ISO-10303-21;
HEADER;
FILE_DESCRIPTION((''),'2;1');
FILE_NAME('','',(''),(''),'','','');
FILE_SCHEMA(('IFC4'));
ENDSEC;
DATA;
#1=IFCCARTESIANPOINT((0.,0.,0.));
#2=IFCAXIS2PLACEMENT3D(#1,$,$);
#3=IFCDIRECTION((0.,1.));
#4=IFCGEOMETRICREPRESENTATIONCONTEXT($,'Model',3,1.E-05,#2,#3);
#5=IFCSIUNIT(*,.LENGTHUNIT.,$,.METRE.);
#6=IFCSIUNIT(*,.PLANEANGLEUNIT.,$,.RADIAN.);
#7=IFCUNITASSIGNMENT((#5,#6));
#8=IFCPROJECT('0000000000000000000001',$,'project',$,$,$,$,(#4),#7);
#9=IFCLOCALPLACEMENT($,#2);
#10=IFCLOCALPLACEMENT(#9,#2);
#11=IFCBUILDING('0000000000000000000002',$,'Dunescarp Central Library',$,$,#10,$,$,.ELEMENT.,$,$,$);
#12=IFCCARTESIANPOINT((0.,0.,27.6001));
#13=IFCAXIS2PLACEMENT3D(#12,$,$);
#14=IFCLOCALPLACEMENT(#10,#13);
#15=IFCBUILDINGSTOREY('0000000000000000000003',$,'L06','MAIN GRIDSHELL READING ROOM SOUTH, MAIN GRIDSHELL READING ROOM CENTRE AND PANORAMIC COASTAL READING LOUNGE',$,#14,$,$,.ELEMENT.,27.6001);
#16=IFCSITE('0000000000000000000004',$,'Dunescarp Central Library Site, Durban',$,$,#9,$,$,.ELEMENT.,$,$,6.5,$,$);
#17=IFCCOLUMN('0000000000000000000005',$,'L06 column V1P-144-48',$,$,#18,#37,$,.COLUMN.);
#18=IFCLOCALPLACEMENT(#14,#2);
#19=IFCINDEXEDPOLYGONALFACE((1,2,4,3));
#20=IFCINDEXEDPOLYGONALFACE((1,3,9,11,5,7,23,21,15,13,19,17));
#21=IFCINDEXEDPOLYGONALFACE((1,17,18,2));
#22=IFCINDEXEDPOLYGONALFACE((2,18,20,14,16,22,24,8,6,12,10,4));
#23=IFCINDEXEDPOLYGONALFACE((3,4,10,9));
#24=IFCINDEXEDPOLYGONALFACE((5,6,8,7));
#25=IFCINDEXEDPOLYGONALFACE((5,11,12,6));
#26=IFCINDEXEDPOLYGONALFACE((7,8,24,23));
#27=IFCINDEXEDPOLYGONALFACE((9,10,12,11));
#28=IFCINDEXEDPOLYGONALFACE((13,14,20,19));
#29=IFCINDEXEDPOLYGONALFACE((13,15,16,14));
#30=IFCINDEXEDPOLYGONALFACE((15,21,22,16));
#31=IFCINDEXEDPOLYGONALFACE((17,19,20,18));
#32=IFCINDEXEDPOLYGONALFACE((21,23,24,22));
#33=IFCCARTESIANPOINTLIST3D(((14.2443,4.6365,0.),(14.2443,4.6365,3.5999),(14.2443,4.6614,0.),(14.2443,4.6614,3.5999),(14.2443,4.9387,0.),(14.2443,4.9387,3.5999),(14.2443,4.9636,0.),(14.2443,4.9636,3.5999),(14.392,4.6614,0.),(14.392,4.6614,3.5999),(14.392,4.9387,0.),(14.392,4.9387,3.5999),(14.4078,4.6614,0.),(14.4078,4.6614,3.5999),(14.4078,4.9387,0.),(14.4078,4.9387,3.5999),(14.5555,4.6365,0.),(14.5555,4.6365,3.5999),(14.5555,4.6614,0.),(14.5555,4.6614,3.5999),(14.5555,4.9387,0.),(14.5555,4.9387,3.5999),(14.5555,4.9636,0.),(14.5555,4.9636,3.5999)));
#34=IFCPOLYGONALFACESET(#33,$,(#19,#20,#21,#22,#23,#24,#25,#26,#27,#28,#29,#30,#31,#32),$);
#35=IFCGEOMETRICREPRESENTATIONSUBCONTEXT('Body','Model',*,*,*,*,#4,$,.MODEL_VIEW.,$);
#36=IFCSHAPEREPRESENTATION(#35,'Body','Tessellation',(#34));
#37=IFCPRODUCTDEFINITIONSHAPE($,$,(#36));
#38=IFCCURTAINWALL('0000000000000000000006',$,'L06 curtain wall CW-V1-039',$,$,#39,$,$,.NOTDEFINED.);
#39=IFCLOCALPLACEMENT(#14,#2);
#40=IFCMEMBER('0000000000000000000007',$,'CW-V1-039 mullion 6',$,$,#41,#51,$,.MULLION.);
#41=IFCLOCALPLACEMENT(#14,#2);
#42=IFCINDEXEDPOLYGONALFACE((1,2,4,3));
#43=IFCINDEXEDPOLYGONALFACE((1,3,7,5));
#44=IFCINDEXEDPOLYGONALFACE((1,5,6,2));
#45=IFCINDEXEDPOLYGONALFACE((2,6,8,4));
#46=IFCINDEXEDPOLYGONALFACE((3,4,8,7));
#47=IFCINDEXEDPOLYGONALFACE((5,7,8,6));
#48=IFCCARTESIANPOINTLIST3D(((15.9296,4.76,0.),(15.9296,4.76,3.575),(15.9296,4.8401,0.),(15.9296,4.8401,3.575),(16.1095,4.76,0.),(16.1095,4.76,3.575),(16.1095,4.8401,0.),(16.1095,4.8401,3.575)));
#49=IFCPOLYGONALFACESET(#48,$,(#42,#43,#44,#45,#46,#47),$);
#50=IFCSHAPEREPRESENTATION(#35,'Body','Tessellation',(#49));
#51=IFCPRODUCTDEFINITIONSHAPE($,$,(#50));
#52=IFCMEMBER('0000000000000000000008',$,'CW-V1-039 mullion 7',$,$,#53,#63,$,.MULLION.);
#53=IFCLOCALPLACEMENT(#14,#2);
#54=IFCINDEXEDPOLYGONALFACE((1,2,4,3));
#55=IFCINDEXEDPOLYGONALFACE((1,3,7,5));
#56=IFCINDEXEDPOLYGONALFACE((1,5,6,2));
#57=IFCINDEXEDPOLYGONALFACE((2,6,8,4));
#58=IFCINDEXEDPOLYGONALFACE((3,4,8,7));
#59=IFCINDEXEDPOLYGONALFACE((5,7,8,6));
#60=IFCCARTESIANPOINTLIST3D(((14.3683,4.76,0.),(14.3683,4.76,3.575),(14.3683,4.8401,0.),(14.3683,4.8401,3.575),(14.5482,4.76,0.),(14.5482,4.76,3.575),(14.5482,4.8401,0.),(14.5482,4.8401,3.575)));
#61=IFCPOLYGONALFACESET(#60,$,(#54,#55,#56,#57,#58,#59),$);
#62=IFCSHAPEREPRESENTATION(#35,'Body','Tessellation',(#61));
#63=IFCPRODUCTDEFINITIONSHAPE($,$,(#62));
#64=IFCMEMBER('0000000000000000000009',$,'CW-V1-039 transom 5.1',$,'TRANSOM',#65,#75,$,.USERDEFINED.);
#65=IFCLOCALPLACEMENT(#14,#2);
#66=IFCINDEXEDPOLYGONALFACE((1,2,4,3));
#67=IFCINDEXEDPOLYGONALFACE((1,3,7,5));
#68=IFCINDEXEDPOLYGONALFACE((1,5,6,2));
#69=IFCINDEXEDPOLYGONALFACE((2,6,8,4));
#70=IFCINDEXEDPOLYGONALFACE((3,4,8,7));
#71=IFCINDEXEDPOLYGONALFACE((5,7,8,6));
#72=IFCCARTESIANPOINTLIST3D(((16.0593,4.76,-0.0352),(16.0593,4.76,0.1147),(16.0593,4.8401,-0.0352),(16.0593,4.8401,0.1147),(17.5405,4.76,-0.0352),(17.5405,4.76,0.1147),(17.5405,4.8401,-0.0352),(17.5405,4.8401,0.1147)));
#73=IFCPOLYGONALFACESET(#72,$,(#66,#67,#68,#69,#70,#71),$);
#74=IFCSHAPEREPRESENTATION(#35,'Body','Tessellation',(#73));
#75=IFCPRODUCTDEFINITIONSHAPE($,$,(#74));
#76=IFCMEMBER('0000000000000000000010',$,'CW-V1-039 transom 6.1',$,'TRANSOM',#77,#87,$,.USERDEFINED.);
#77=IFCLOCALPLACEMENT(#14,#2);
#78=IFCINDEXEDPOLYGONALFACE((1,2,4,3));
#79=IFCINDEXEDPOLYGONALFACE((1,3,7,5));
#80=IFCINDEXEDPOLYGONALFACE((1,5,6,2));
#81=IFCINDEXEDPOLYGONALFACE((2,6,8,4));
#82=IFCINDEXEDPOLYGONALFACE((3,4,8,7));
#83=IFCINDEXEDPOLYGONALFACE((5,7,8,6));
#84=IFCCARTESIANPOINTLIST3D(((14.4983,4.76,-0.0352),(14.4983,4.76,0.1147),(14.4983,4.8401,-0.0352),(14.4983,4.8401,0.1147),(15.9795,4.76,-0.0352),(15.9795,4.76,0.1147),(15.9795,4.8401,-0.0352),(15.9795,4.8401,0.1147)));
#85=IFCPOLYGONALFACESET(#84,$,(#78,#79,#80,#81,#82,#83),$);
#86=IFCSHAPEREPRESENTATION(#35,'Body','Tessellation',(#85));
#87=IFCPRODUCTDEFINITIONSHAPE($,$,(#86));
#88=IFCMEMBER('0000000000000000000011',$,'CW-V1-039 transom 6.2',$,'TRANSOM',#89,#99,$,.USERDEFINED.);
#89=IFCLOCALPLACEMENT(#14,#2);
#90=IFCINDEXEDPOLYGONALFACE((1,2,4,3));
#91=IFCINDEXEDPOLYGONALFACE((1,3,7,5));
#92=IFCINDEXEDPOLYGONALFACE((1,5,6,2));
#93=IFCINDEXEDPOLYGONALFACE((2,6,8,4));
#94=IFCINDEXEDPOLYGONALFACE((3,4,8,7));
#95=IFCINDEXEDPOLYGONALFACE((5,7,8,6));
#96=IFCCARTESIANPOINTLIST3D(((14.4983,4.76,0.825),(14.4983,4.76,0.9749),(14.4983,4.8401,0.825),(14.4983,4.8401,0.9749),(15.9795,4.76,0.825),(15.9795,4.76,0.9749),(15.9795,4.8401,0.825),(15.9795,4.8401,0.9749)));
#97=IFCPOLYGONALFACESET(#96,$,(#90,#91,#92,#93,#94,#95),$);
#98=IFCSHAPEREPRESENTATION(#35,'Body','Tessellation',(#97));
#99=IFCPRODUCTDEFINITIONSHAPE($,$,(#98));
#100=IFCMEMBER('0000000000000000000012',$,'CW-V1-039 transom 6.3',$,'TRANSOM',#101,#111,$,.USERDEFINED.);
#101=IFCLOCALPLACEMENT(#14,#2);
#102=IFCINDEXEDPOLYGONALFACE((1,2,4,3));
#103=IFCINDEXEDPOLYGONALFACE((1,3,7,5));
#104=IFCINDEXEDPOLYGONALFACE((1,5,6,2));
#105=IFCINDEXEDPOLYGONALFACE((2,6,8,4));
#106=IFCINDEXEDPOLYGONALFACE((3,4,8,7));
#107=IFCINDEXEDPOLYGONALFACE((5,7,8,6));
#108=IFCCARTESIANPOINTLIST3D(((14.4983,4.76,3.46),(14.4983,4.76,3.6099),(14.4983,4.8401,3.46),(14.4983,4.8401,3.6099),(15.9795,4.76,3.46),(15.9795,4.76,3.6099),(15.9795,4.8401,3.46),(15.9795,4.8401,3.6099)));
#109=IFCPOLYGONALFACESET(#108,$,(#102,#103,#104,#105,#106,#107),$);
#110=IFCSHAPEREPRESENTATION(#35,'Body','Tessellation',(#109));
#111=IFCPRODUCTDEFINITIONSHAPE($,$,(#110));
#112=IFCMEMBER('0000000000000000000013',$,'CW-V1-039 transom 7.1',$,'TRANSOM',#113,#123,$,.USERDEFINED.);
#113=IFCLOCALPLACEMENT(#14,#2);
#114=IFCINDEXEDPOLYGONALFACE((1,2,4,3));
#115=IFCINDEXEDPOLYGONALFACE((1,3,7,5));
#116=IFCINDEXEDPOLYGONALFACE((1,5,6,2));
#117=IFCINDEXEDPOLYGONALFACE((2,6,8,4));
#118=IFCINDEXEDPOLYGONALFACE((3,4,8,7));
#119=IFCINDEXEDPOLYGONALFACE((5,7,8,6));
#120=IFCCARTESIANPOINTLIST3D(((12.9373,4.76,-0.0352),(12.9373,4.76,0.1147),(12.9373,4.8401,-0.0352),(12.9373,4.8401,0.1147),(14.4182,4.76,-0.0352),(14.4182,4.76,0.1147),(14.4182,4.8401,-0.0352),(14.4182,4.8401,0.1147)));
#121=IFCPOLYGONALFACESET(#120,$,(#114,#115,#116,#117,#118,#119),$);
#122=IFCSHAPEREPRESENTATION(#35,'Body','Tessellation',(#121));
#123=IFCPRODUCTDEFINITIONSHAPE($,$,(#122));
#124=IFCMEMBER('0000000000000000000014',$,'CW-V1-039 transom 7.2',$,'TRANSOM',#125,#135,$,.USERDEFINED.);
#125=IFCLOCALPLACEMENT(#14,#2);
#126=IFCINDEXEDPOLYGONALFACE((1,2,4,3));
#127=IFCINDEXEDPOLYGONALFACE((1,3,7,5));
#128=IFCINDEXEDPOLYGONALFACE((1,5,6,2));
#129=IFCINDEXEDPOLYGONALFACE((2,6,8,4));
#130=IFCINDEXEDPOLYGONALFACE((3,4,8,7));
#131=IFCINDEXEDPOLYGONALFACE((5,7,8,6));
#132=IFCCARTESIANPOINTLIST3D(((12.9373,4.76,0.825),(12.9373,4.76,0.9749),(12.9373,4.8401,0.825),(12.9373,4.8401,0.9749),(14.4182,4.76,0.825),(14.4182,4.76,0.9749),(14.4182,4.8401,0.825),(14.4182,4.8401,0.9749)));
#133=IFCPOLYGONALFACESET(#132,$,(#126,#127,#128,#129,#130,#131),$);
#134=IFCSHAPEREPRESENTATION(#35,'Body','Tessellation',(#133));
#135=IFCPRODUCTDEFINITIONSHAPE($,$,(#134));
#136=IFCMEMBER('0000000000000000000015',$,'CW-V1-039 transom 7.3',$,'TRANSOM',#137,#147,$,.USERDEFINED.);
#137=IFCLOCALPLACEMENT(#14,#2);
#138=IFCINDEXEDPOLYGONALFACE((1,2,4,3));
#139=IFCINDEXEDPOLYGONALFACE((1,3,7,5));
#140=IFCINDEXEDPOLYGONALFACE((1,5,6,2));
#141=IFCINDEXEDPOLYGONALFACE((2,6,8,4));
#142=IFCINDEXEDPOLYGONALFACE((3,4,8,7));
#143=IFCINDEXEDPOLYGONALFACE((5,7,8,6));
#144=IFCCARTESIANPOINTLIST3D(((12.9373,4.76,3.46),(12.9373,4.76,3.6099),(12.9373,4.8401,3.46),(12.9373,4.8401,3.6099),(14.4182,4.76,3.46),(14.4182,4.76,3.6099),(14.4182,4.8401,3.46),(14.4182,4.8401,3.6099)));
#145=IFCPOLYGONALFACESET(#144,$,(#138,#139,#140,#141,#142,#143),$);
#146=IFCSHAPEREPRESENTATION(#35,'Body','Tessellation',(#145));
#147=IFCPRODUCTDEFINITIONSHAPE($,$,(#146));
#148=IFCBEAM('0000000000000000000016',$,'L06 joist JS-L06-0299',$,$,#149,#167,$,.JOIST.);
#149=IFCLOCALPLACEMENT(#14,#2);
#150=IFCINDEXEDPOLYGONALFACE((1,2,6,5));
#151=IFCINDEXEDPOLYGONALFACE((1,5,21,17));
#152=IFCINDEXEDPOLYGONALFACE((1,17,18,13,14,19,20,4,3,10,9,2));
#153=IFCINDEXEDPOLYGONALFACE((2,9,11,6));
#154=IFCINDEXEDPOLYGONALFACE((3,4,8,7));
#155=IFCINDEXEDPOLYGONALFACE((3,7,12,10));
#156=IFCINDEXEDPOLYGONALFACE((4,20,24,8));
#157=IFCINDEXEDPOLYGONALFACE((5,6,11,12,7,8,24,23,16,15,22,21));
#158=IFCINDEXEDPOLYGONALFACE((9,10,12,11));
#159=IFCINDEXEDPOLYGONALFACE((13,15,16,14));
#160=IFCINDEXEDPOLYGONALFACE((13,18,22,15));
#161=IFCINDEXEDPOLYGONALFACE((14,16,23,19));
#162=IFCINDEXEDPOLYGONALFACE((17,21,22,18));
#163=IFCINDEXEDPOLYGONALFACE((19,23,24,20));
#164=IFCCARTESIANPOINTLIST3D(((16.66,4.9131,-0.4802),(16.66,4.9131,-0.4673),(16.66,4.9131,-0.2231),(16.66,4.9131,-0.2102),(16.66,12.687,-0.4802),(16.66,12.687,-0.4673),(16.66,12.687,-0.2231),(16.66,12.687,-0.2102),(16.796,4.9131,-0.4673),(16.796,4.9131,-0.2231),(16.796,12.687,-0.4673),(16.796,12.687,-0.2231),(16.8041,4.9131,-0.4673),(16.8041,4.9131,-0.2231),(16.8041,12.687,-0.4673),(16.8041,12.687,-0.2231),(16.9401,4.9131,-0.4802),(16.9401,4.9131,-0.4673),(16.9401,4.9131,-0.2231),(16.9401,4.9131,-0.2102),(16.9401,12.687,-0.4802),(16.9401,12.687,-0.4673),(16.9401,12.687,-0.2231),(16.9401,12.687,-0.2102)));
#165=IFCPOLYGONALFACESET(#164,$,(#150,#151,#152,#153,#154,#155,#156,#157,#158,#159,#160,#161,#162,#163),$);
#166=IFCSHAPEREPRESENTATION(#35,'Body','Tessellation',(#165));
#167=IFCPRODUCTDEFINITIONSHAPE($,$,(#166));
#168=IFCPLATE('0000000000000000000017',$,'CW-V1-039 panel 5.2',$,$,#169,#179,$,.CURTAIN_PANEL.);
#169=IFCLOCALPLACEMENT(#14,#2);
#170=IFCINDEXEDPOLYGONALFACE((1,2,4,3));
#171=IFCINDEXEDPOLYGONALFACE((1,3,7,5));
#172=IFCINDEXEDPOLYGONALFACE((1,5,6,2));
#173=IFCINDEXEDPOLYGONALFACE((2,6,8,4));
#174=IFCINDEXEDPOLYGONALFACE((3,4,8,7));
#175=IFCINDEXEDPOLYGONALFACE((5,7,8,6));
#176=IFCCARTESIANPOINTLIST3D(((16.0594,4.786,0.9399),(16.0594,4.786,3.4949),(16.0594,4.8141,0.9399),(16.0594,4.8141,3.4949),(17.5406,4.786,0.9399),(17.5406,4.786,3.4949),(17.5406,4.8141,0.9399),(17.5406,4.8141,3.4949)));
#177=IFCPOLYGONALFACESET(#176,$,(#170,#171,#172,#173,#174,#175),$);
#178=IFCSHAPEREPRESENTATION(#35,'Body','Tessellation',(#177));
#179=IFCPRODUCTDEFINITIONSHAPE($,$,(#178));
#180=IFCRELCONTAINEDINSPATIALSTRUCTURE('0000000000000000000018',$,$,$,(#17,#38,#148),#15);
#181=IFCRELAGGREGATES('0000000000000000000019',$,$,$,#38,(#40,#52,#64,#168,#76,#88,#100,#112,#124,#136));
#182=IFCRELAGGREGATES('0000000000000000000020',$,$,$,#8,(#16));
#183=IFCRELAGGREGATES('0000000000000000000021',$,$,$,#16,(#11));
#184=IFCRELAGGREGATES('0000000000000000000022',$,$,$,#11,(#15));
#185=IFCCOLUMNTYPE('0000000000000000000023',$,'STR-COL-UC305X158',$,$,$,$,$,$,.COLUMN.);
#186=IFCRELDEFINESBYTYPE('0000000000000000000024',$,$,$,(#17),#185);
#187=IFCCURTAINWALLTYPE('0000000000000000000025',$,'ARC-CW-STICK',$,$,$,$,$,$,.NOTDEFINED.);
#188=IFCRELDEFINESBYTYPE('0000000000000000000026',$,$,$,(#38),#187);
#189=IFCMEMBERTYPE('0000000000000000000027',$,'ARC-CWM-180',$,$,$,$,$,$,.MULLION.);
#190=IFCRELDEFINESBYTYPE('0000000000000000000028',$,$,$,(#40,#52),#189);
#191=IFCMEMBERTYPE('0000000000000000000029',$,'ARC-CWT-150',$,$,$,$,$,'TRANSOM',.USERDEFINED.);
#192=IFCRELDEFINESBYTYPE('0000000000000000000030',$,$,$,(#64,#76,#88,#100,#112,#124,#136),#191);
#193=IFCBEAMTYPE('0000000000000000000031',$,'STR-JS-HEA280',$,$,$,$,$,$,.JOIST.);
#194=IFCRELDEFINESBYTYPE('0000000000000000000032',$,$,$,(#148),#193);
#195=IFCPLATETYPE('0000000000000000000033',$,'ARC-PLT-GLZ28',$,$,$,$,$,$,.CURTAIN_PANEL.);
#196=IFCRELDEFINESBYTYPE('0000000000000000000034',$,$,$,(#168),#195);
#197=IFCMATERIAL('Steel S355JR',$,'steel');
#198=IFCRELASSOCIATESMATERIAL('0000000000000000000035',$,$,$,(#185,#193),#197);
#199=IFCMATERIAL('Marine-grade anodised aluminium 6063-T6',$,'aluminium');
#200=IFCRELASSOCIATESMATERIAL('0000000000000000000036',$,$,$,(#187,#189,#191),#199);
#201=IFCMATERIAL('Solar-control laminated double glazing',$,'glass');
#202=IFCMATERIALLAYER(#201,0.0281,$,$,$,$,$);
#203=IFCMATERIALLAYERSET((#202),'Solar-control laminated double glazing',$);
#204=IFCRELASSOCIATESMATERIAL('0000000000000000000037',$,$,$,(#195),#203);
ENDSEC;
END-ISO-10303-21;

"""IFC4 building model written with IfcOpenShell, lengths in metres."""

from ifc_helpers import new_model, si_unit, direction, frame, origin, origin_2d, place, context, subcontext, project, spatial, rectangle, i_section, extrude, material, layer, layer_set, material_profile, profile_set, type_object, element, aggregate, save


model = new_model("IFC4")

# Units and contexts
model_context = context("Model", 3, precision=1e-05, world=origin(), true_north=direction((0.0, 1.0)))
body_context = subcontext(model_context, "Body", "Model", "MODEL_VIEW")
ifc_project = project(units=[si_unit("LENGTHUNIT", "METRE"), si_unit("PLANEANGLEUNIT", "RADIAN")], contexts=[model_context])

# Site, building, storey
site_placement = place(None, origin())
site = spatial("IfcSite", under=ifc_project, at=site_placement, Name="Dunescarp Central Library Site, Durban", CompositionType="ELEMENT", RefElevation=6.5)
building_placement = place(site_placement, origin())
building = spatial("IfcBuilding", under=site, at=building_placement, Name="Dunescarp Central Library", CompositionType="ELEMENT")
storey_placement = place(building_placement, frame((0.0, 0.0, 27.6001)))
storey = spatial("IfcBuildingStorey", under=building, at=storey_placement, Name="L06", Description="MAIN GRIDSHELL READING ROOM SOUTH, MAIN GRIDSHELL READING ROOM CENTRE AND PANORAMIC COASTAL READING LOUNGE", CompositionType="ELEMENT", Elevation=27.6001)

# Column
ifc_material_1 = material(Name="Steel S355JR", Category="steel")
ifc_material_profile_1 = material_profile(ifc_material_1, i_section(OverallWidth=0.3113, OverallDepth=0.3271, WebThickness=0.0159, FlangeThickness=0.0249, at=origin_2d()), Name="UC 305x305x158")
ifc_profile_set_1 = profile_set([ifc_material_profile_1], Name="Steel S355JR")
column_type = type_object("IfcColumnType", Name="STR-COL-UC305X158", PredefinedType="COLUMN", material=ifc_profile_set_1)
column_placement = place(storey_placement, frame((14.3999, 4.8, 0.0), z_axis=(0.0, 0.0, 1.0), x_axis=(1.0, 0.0, 0.0)))
element("IfcColumn", 1, at=column_placement, inside=storey, type_object=column_type, Name="L06 column V1P-144-48", PredefinedType="COLUMN", context=body_context, shape_type="SweptSolid", body=[
    extrude(i_section(OverallWidth=0.3113, OverallDepth=0.3271, WebThickness=0.0159, FlangeThickness=0.0249, at=origin_2d()), origin(), (0.0, 0.0, 1.0), 3.5999),
])

# Curtain wall, members
ifc_material_2 = material(Name="Marine-grade anodised aluminium 6063-T6", Category="aluminium")
curtain_wall_type = type_object("IfcCurtainWallType", Name="ARC-CW-STICK", PredefinedType="NOTDEFINED", material=ifc_material_2)
curtain_wall_placement = place(storey_placement, origin())
curtain_wall = element("IfcCurtainWall", 2, at=curtain_wall_placement, inside=storey, type_object=curtain_wall_type, Name="L06 curtain wall CW-V1-039", PredefinedType="NOTDEFINED")
ifc_material_profile_2 = material_profile(ifc_material_2, rectangle(XDim=0.0801, YDim=0.1799, at=origin_2d()), Name="AL 80x180")
ifc_profile_set_2 = profile_set([ifc_material_profile_2], Name="Marine-grade anodised aluminium 6063-T6")
member_type_1 = type_object("IfcMemberType", Name="ARC-CWM-180", PredefinedType="MULLION", material=ifc_profile_set_2)
member_1_placement = place(storey_placement, frame((16.0195, 4.8, 0.0), z_axis=(0.0, 0.0, 1.0), x_axis=(0.0, -1.0, 0.0)))
member_1 = element("IfcMember", 3, at=member_1_placement, type_object=member_type_1, Name="CW-V1-039 mullion 6", PredefinedType="MULLION", context=body_context, shape_type="SweptSolid", body=[
    extrude(rectangle(XDim=0.0801, YDim=0.1799, at=origin_2d()), origin(), (0.0, 0.0, 1.0), 3.575),
])
member_2_placement = place(storey_placement, frame((14.4583, 4.8, 0.0), z_axis=(0.0, 0.0, 1.0), x_axis=(0.0, -1.0, 0.0)))
member_2 = element("IfcMember", 4, at=member_2_placement, type_object=member_type_1, Name="CW-V1-039 mullion 7", PredefinedType="MULLION", context=body_context, shape_type="SweptSolid", body=[
    extrude(rectangle(XDim=0.0801, YDim=0.1799, at=origin_2d()), origin(), (0.0, 0.0, 1.0), 3.575),
])
ifc_material_profile_3 = material_profile(ifc_material_2, rectangle(XDim=0.0801, YDim=0.1499, at=origin_2d()), Name="AL 80x150")
ifc_profile_set_3 = profile_set([ifc_material_profile_3], Name="Marine-grade anodised aluminium 6063-T6")
member_type_2 = type_object("IfcMemberType", Name="ARC-CWT-150", ElementType="TRANSOM", PredefinedType="USERDEFINED", material=ifc_profile_set_3)
member_3_placement = place(storey_placement, frame((17.5405, 4.8, 0.0398), z_axis=(-1.0, 0.0, 0.0), x_axis=(0.0, -1.0, 0.0)))
member_3 = element("IfcMember", 5, at=member_3_placement, type_object=member_type_2, Name="CW-V1-039 transom 5.1", ObjectType="TRANSOM", PredefinedType="USERDEFINED", context=body_context, shape_type="SweptSolid", body=[
    extrude(rectangle(XDim=0.0801, YDim=0.1499, at=origin_2d()), origin(), (0.0, 0.0, 1.0), 1.4812),
])
member_4_placement = place(storey_placement, frame((15.9795, 4.8, 0.0398), z_axis=(-1.0, 0.0, 0.0), x_axis=(0.0, -1.0, 0.0)))
member_4 = element("IfcMember", 6, at=member_4_placement, type_object=member_type_2, Name="CW-V1-039 transom 6.1", ObjectType="TRANSOM", PredefinedType="USERDEFINED", context=body_context, shape_type="SweptSolid", body=[
    extrude(rectangle(XDim=0.0801, YDim=0.1499, at=origin_2d()), origin(), (0.0, 0.0, 1.0), 1.4812),
])
member_5_placement = place(storey_placement, frame((15.9795, 4.8, 0.8999), z_axis=(-1.0, 0.0, 0.0), x_axis=(0.0, -1.0, 0.0)))
member_5 = element("IfcMember", 7, at=member_5_placement, type_object=member_type_2, Name="CW-V1-039 transom 6.2", ObjectType="TRANSOM", PredefinedType="USERDEFINED", context=body_context, shape_type="SweptSolid", body=[
    extrude(rectangle(XDim=0.0801, YDim=0.1499, at=origin_2d()), origin(), (0.0, 0.0, 1.0), 1.4812),
])
member_6_placement = place(storey_placement, frame((15.9795, 4.8, 3.5349), z_axis=(-1.0, 0.0, 0.0), x_axis=(0.0, -1.0, 0.0)))
member_6 = element("IfcMember", 8, at=member_6_placement, type_object=member_type_2, Name="CW-V1-039 transom 6.3", ObjectType="TRANSOM", PredefinedType="USERDEFINED", context=body_context, shape_type="SweptSolid", body=[
    extrude(rectangle(XDim=0.0801, YDim=0.1499, at=origin_2d()), origin(), (0.0, 0.0, 1.0), 1.4812),
])
member_7_placement = place(storey_placement, frame((14.4182, 4.8, 0.0398), z_axis=(-1.0, 0.0, 0.0), x_axis=(0.0, -1.0, 0.0)))
member_7 = element("IfcMember", 9, at=member_7_placement, type_object=member_type_2, Name="CW-V1-039 transom 7.1", ObjectType="TRANSOM", PredefinedType="USERDEFINED", context=body_context, shape_type="SweptSolid", body=[
    extrude(rectangle(XDim=0.0801, YDim=0.1499, at=origin_2d()), origin(), (0.0, 0.0, 1.0), 1.481),
])
member_8_placement = place(storey_placement, frame((14.4182, 4.8, 0.8999), z_axis=(-1.0, 0.0, 0.0), x_axis=(0.0, -1.0, 0.0)))
member_8 = element("IfcMember", 10, at=member_8_placement, type_object=member_type_2, Name="CW-V1-039 transom 7.2", ObjectType="TRANSOM", PredefinedType="USERDEFINED", context=body_context, shape_type="SweptSolid", body=[
    extrude(rectangle(XDim=0.0801, YDim=0.1499, at=origin_2d()), origin(), (0.0, 0.0, 1.0), 1.481),
])
member_9_placement = place(storey_placement, frame((14.4182, 4.8, 3.5349), z_axis=(-1.0, 0.0, 0.0), x_axis=(0.0, -1.0, 0.0)))
member_9 = element("IfcMember", 11, at=member_9_placement, type_object=member_type_2, Name="CW-V1-039 transom 7.3", ObjectType="TRANSOM", PredefinedType="USERDEFINED", context=body_context, shape_type="SweptSolid", body=[
    extrude(rectangle(XDim=0.0801, YDim=0.1499, at=origin_2d()), origin(), (0.0, 0.0, 1.0), 1.481),
])

# Beam
ifc_material_profile_4 = material_profile(ifc_material_1, i_section(OverallWidth=0.28, OverallDepth=0.27, WebThickness=0.0081, FlangeThickness=0.0129, at=origin_2d()), Name="HEA 280")
ifc_profile_set_4 = profile_set([ifc_material_profile_4], Name="Steel S355JR")
beam_type = type_object("IfcBeamType", Name="STR-JS-HEA280", PredefinedType="JOIST", material=ifc_profile_set_4)
beam_placement = place(storey_placement, frame((16.8, 4.9131, -0.3452), z_axis=(0.0, 1.0, 0.0), x_axis=(-1.0, 0.0, 0.0)))
element("IfcBeam", 12, at=beam_placement, inside=storey, type_object=beam_type, Name="L06 joist JS-L06-0299", PredefinedType="JOIST", context=body_context, shape_type="SweptSolid", body=[
    extrude(i_section(OverallWidth=0.28, OverallDepth=0.27, WebThickness=0.0081, FlangeThickness=0.0129, at=origin_2d()), origin(), (0.0, 0.0, 1.0), 7.7739),
])

# Plate
ifc_material_3 = material(Name="Solar-control laminated double glazing", Category="glass")
ifc_layer_1 = layer(ifc_material_3, 0.0281)
ifc_layer_set_1 = layer_set([ifc_layer_1], Name="Solar-control laminated double glazing")
plate_type_1 = type_object("IfcPlateType", Name="ARC-PLT-GLZ28", PredefinedType="CURTAIN_PANEL", material=ifc_layer_set_1)
plate_1_placement = place(storey_placement, frame((16.8, 4.8, 0.9399), z_axis=(0.0, 0.0, 1.0), x_axis=(-1.0, 0.0, 0.0)))
plate_1 = element("IfcPlate", 13, at=plate_1_placement, type_object=plate_type_1, Name="CW-V1-039 panel 5.2", PredefinedType="CURTAIN_PANEL", context=body_context, shape_type="SweptSolid", body=[
    extrude(rectangle(XDim=1.4812, YDim=0.0281, at=origin_2d()), origin(), (0.0, 0.0, 1.0), 2.5549),
])
aggregate(curtain_wall, [member_1, member_2, member_3, plate_1, member_4, member_5, member_6, member_7, member_8, member_9])

save(model, "model.ifc")
